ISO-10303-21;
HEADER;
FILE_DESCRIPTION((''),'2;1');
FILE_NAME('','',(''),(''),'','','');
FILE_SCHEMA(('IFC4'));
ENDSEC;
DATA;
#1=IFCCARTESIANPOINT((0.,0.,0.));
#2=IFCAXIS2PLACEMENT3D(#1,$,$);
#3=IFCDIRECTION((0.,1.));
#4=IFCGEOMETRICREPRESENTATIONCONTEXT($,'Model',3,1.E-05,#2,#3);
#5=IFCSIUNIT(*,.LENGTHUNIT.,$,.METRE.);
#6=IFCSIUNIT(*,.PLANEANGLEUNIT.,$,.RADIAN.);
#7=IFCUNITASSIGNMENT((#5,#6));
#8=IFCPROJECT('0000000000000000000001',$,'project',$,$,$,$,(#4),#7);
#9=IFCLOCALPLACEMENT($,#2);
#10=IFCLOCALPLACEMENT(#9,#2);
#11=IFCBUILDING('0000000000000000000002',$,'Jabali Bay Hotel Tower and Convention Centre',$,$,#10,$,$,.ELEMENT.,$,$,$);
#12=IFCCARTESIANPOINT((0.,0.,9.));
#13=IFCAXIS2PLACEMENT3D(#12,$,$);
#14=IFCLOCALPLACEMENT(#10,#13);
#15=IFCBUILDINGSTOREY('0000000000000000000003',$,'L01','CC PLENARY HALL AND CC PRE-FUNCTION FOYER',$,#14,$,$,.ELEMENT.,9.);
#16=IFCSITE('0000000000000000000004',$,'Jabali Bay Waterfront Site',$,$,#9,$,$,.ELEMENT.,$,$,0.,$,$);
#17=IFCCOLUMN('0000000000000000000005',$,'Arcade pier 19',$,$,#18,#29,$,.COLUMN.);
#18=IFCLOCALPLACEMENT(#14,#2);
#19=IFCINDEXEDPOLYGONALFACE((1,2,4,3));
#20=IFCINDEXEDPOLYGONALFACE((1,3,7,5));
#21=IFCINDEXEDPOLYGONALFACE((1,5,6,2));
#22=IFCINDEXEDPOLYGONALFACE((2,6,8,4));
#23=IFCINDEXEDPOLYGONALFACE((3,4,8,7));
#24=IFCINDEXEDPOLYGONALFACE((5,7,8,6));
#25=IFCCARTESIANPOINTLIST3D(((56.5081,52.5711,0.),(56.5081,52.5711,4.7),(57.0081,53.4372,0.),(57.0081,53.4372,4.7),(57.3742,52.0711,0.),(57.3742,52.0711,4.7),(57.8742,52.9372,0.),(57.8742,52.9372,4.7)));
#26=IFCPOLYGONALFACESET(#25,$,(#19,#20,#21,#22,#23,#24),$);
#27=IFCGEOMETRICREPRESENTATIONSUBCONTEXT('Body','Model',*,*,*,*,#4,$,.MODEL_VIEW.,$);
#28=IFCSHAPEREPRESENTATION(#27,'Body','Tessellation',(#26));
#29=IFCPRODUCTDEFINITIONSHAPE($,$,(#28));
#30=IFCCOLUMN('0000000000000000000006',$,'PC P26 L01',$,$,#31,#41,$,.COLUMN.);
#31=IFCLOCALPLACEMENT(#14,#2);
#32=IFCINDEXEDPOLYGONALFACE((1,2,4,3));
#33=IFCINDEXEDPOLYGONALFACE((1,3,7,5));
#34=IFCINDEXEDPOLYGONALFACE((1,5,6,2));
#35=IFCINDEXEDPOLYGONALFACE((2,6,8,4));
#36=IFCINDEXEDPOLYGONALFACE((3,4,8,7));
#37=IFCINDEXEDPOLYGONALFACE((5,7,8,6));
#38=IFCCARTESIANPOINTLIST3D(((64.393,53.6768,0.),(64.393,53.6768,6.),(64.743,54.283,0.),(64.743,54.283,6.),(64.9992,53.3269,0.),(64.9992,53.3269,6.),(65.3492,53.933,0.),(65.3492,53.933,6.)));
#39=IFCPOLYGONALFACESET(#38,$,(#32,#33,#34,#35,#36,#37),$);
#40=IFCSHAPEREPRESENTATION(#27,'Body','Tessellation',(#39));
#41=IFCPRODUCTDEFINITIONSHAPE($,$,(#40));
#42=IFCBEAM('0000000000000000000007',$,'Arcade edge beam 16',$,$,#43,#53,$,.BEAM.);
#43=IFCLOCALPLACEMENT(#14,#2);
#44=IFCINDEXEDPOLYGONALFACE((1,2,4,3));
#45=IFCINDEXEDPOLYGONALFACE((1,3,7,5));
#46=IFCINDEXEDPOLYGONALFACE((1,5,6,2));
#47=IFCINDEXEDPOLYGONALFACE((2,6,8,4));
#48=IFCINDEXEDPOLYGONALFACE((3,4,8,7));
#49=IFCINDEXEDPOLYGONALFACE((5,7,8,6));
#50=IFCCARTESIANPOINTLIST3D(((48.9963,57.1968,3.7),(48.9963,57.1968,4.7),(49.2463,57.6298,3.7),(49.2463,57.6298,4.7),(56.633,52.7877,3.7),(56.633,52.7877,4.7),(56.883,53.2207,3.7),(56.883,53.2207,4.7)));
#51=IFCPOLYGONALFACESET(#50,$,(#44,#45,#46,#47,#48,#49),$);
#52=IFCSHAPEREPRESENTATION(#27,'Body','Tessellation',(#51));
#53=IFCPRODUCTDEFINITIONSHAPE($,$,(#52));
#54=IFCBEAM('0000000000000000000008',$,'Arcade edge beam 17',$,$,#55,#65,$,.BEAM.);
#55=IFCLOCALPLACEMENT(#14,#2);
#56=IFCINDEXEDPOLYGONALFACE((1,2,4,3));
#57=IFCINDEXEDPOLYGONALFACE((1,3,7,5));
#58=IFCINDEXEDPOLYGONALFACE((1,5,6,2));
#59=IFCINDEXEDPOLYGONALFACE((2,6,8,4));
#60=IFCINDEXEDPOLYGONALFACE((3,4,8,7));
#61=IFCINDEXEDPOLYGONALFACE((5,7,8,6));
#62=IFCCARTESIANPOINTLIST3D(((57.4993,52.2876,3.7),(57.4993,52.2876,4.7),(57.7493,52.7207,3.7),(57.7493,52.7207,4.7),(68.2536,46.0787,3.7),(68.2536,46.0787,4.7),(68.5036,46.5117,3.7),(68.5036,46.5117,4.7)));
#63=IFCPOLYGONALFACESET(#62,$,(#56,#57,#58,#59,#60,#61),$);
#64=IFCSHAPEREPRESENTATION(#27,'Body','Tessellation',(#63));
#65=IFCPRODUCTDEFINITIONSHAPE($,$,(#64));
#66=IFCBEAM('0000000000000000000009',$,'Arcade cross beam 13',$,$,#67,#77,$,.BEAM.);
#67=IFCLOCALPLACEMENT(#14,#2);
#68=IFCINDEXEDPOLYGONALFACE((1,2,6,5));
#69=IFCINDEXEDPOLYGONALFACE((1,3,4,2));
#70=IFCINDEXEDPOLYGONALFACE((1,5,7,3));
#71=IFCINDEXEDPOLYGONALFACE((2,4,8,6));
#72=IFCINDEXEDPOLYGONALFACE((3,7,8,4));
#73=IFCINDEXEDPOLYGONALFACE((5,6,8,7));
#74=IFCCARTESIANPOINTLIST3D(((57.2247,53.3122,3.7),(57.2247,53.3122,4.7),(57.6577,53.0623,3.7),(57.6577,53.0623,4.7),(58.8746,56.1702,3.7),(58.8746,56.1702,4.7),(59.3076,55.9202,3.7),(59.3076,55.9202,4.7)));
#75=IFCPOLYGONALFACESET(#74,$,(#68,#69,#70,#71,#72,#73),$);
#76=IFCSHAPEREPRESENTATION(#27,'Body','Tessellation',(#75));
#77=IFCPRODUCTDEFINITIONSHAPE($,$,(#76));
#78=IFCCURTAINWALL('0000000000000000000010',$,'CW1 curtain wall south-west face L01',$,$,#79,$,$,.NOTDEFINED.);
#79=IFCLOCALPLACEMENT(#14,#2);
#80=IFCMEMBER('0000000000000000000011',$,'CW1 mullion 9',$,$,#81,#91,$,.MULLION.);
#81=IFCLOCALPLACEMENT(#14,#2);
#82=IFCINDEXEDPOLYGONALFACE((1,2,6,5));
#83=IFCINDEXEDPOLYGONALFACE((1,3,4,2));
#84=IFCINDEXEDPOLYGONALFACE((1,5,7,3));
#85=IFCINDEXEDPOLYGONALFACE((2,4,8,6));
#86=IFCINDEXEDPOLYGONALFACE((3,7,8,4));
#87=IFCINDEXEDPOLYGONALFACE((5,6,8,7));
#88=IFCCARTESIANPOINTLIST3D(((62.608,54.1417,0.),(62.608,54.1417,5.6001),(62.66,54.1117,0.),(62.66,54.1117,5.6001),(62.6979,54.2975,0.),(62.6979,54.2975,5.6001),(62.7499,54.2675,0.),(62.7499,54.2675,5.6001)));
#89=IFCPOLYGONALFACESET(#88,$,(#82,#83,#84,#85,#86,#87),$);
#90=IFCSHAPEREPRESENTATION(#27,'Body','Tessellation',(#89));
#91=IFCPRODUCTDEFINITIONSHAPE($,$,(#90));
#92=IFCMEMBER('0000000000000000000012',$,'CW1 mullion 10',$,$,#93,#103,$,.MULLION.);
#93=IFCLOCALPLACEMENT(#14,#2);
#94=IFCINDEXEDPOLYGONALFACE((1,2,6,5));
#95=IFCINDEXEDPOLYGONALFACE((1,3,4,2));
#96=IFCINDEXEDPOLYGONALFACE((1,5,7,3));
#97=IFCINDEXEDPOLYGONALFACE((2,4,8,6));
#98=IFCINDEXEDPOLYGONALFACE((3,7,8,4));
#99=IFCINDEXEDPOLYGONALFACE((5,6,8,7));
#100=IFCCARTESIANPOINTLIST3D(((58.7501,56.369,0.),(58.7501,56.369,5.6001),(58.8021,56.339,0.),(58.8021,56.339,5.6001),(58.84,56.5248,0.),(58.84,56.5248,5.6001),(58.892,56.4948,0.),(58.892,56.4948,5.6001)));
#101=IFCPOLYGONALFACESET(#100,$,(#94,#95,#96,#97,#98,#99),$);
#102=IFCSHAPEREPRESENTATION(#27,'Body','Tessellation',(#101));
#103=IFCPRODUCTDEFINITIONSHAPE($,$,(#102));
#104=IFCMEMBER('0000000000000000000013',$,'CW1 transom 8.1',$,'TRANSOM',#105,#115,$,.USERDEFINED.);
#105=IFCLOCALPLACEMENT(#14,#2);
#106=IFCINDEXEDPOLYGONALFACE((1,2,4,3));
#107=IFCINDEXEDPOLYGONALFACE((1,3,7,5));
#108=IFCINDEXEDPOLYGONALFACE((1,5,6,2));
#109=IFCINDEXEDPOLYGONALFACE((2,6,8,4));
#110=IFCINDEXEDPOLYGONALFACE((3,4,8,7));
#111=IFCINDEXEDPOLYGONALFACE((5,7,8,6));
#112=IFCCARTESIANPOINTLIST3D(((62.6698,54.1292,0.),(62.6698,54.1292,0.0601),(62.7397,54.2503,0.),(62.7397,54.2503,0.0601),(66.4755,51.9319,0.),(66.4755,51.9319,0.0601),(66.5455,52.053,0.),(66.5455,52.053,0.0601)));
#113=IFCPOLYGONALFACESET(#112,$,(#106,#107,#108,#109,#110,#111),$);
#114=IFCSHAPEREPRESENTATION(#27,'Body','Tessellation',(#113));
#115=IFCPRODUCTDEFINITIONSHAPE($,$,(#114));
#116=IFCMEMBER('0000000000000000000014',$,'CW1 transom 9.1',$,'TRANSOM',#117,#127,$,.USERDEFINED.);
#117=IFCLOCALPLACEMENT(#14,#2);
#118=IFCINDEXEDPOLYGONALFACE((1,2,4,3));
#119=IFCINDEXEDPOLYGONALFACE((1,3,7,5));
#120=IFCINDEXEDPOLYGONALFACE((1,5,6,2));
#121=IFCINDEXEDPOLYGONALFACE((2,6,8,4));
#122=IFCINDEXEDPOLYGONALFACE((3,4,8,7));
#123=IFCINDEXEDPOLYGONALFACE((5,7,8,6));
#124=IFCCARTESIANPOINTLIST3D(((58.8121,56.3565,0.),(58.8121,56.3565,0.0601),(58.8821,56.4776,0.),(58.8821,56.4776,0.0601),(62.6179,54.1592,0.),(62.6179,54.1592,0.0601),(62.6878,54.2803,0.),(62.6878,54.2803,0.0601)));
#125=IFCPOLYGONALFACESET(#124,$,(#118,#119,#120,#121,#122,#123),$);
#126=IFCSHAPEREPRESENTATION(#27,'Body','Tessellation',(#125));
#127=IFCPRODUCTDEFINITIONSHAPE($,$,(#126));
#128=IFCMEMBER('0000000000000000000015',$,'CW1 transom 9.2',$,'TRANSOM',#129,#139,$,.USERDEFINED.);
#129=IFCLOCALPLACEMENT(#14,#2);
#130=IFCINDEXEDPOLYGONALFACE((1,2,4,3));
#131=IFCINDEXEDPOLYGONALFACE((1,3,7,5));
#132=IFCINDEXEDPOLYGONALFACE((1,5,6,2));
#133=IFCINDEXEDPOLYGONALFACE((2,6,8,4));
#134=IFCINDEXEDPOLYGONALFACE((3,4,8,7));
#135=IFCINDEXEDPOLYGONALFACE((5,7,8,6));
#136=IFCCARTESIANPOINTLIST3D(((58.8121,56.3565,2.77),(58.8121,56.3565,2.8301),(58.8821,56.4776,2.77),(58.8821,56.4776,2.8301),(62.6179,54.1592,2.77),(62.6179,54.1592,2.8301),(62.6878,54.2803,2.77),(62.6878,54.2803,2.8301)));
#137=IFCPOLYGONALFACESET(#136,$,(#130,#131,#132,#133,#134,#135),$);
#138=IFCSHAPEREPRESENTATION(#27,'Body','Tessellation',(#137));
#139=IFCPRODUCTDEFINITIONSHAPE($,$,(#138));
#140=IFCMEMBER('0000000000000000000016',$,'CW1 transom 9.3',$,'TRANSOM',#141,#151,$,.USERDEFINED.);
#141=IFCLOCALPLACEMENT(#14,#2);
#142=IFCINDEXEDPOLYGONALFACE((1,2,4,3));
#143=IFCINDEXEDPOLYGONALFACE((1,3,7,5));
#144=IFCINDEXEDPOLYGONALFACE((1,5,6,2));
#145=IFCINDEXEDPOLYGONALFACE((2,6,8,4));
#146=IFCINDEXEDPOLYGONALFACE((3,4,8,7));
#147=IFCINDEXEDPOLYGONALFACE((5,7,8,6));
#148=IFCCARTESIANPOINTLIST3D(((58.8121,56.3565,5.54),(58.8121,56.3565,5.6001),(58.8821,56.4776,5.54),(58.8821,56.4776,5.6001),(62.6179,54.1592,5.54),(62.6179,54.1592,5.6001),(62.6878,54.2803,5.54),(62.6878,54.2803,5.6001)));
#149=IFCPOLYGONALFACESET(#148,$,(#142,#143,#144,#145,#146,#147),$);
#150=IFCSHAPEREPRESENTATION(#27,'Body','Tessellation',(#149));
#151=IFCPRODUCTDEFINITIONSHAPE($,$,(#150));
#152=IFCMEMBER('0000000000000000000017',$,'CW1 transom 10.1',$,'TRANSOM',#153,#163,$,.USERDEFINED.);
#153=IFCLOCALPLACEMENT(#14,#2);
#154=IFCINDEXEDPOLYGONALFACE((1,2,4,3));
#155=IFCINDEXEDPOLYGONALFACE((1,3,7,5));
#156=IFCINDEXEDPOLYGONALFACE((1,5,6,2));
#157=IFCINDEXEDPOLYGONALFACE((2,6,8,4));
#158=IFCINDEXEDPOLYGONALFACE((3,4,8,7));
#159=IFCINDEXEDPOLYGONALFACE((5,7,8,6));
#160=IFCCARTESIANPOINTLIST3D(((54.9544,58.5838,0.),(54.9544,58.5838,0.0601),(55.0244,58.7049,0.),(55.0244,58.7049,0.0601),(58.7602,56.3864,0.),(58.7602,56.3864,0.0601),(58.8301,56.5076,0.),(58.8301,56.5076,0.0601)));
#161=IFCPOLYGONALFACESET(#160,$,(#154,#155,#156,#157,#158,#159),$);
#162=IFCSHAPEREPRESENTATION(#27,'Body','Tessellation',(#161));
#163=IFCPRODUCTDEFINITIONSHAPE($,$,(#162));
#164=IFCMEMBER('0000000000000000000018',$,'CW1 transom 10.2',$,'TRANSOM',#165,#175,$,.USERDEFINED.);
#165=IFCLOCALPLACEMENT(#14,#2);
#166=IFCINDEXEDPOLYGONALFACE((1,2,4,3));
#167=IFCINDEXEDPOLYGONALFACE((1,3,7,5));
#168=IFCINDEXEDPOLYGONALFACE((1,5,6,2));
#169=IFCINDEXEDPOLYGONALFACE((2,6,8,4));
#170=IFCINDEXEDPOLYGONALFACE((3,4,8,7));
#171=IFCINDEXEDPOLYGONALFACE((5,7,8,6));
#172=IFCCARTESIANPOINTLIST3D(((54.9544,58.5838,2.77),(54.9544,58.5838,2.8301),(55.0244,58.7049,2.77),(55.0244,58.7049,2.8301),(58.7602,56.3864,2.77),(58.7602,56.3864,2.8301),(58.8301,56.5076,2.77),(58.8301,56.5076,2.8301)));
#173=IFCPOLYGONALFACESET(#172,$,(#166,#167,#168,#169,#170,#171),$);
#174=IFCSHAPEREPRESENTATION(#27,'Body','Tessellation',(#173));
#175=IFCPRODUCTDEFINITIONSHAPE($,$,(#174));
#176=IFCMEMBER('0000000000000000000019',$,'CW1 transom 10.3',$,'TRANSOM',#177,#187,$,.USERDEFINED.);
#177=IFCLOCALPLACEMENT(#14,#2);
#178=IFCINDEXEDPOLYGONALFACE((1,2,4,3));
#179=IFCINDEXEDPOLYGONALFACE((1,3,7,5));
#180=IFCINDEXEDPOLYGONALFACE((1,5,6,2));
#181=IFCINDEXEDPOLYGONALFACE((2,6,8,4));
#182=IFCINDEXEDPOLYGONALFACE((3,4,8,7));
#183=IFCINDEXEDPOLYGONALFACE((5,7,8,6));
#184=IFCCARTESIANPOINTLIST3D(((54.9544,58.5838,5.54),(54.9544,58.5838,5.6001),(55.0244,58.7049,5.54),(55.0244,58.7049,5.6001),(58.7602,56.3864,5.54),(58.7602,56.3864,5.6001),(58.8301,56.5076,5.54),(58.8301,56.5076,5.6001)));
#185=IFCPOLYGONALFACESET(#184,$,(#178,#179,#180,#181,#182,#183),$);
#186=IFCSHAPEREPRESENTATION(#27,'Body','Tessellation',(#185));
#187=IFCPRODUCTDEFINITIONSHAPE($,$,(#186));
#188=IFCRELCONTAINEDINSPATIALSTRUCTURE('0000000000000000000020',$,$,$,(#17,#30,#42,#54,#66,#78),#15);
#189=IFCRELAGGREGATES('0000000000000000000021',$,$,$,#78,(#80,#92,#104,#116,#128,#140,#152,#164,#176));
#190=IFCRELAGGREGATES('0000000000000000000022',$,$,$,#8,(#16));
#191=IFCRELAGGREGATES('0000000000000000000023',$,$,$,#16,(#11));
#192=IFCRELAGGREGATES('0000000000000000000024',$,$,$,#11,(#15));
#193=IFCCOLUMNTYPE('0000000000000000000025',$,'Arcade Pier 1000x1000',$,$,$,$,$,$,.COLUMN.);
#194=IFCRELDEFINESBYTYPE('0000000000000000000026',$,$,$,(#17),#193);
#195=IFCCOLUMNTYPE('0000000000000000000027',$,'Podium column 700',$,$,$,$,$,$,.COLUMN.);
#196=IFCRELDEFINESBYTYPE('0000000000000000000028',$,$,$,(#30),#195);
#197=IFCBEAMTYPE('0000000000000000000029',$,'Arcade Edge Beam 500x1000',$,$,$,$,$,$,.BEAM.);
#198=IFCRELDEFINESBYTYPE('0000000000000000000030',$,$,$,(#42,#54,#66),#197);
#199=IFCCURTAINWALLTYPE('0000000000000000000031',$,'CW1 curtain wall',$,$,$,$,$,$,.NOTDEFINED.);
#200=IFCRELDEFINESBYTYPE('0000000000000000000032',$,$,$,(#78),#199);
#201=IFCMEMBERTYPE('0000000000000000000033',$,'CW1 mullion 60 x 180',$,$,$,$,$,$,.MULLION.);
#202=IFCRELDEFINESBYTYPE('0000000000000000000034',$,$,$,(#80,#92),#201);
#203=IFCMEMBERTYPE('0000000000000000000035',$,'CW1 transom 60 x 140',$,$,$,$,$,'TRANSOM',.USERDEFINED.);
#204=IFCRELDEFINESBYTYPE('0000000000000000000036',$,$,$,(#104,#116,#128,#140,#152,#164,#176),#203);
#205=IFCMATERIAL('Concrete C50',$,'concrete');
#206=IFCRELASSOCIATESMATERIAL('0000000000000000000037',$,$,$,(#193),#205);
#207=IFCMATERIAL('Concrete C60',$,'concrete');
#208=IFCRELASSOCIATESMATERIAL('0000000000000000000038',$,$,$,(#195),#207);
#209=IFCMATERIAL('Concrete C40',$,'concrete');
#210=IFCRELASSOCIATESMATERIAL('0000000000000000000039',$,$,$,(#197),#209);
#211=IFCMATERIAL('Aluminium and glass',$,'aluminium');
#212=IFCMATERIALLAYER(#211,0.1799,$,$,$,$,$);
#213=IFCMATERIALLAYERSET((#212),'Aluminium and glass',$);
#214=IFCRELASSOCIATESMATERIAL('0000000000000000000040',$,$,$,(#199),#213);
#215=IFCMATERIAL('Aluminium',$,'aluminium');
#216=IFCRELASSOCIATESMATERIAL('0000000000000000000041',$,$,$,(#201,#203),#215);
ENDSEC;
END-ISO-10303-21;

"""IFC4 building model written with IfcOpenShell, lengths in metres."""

from ifc_helpers import new_model, si_unit, direction, frame, origin, origin_2d, place, context, subcontext, project, spatial, rectangle, extrude, material, layer, layer_set, material_profile, profile_set, type_object, element, aggregate, save


model = new_model("IFC4")

# Units and contexts
model_context = context("Model", 3, precision=1e-05, world=origin(), true_north=direction((0.0, 1.0)))
body_context = subcontext(model_context, "Body", "Model", "MODEL_VIEW")
ifc_project = project(units=[si_unit("LENGTHUNIT", "METRE"), si_unit("PLANEANGLEUNIT", "RADIAN")], contexts=[model_context])

# Site, building, storey
site_placement = place(None, origin())
site = spatial("IfcSite", under=ifc_project, at=site_placement, Name="Jabali Bay Waterfront Site", CompositionType="ELEMENT", RefElevation=0.0)
building_placement = place(site_placement, origin())
building = spatial("IfcBuilding", under=site, at=building_placement, Name="Jabali Bay Hotel Tower and Convention Centre", CompositionType="ELEMENT")
storey_placement = place(building_placement, frame((0.0, 0.0, 9.0)))
storey = spatial("IfcBuildingStorey", under=building, at=storey_placement, Name="L01", Description="CC PLENARY HALL AND CC PRE-FUNCTION FOYER", CompositionType="ELEMENT", Elevation=9.0)

# Columns
ifc_material_1 = material(Name="Concrete C50", Category="concrete")
ifc_material_profile_1 = material_profile(ifc_material_1, rectangle(XDim=1.0, YDim=1.0, at=origin_2d()), Name="RC 1000x1000")
ifc_profile_set_1 = profile_set([ifc_material_profile_1], Name="Concrete C50")
column_type_1 = type_object("IfcColumnType", Name="Arcade Pier 1000x1000", PredefinedType="COLUMN", material=ifc_profile_set_1)
column_1_placement = place(storey_placement, frame((57.1912, 52.7542, 0.0), z_axis=(0.0, 0.0, 1.0), x_axis=(0.866025, -0.5, 0.0)))
element("IfcColumn", 1, at=column_1_placement, inside=storey, type_object=column_type_1, Name="Arcade pier 19", PredefinedType="COLUMN", context=body_context, shape_type="SweptSolid", body=[
    extrude(rectangle(XDim=1.0, YDim=1.0, at=origin_2d()), origin(), (0.0, 0.0, 1.0), 4.7),
])
ifc_material_2 = material(Name="Concrete C60", Category="concrete")
ifc_material_profile_2 = material_profile(ifc_material_2, rectangle(XDim=0.7, YDim=0.7, at=origin_2d()), Name="Podium column 700")
ifc_profile_set_2 = profile_set([ifc_material_profile_2], Name="Concrete C60")
column_type_2 = type_object("IfcColumnType", Name="Podium column 700", PredefinedType="COLUMN", material=ifc_profile_set_2)
column_2_placement = place(storey_placement, frame((64.8711, 53.8049, 0.0), z_axis=(0.0, 0.0, 1.0), x_axis=(0.5, 0.866025, 0.0)))
element("IfcColumn", 2, at=column_2_placement, inside=storey, type_object=column_type_2, Name="PC P26 L01", PredefinedType="COLUMN", context=body_context, shape_type="SweptSolid", body=[
    extrude(rectangle(XDim=0.7, YDim=0.7, at=origin_2d()), origin(), (0.0, 0.0, 1.0), 6.0),
])

# Beams
ifc_material_3 = material(Name="Concrete C40", Category="concrete")
ifc_material_profile_3 = material_profile(ifc_material_3, rectangle(XDim=0.5, YDim=1.0, at=origin_2d()), Name="RC 500x1000")
ifc_profile_set_3 = profile_set([ifc_material_profile_3], Name="Concrete C40")
beam_type = type_object("IfcBeamType", Name="Arcade Edge Beam 500x1000", PredefinedType="BEAM", material=ifc_profile_set_3)
beam_1_placement = place(storey_placement, frame((49.1213, 57.4133, 4.2), z_axis=(0.86602, -0.50001, 0.0), x_axis=(0.50001, 0.86602, 0.0)))
element("IfcBeam", 3, at=beam_1_placement, inside=storey, type_object=beam_type, Name="Arcade edge beam 16", PredefinedType="BEAM", context=body_context, shape_type="SweptSolid", body=[
    extrude(rectangle(XDim=0.5, YDim=1.0, at=origin_2d()), origin(), (0.0, 0.0, 1.0), 8.8181),
])
beam_2_placement = place(storey_placement, frame((57.6243, 52.5042, 4.2), z_axis=(0.866028, -0.499996, 0.0), x_axis=(0.499996, 0.866028, 0.0)))
element("IfcBeam", 4, at=beam_2_placement, inside=storey, type_object=beam_type, Name="Arcade edge beam 17", PredefinedType="BEAM", context=body_context, shape_type="SweptSolid", body=[
    extrude(rectangle(XDim=0.5, YDim=1.0, at=origin_2d()), origin(), (0.0, 0.0, 1.0), 12.418),
])
beam_3_placement = place(storey_placement, frame((57.4412, 53.1873, 4.2), z_axis=(0.499974, 0.86604, 0.0), x_axis=(-0.86604, 0.499974, 0.0)))
element("IfcBeam", 5, at=beam_3_placement, inside=storey, type_object=beam_type, Name="Arcade cross beam 13", PredefinedType="BEAM", context=body_context, shape_type="SweptSolid", body=[
    extrude(rectangle(XDim=0.5, YDim=1.0, at=origin_2d()), origin(), (0.0, 0.0, 1.0), 3.3),
])

# Curtain wall, members
ifc_material_4 = material(Name="Aluminium and glass", Category="aluminium")
ifc_layer_1 = layer(ifc_material_4, 0.1799)
ifc_layer_set_1 = layer_set([ifc_layer_1], Name="Aluminium and glass")
curtain_wall_type = type_object("IfcCurtainWallType", Name="CW1 curtain wall", PredefinedType="NOTDEFINED", material=ifc_layer_set_1)
curtain_wall_placement = place(storey_placement, origin())
curtain_wall = element("IfcCurtainWall", 6, at=curtain_wall_placement, inside=storey, type_object=curtain_wall_type, Name="CW1 curtain wall south-west face L01", PredefinedType="NOTDEFINED")
ifc_material_5 = material(Name="Aluminium", Category="aluminium")
ifc_material_profile_4 = material_profile(ifc_material_5, rectangle(XDim=0.1799, YDim=0.0601, at=origin_2d()), Name="CW1 mullion 60 x 180")
ifc_profile_set_4 = profile_set([ifc_material_profile_4], Name="Aluminium")
member_type_1 = type_object("IfcMemberType", Name="CW1 mullion 60 x 180", PredefinedType="MULLION", material=ifc_profile_set_4)
member_1_placement = place(storey_placement, frame((62.679, 54.2046, 0.0), z_axis=(0.0, 0.0, 1.0), x_axis=(-0.5, -0.866025, 0.0)))
member_1 = element("IfcMember", 7, at=member_1_placement, type_object=member_type_1, Name="CW1 mullion 9", PredefinedType="MULLION", context=body_context, shape_type="SweptSolid", body=[
    extrude(rectangle(XDim=0.1799, YDim=0.0601, at=origin_2d()), origin(), (0.0, 0.0, 1.0), 5.6001),
])
member_2_placement = place(storey_placement, frame((58.821, 56.4319, 0.0), z_axis=(0.0, 0.0, 1.0), x_axis=(-0.5, -0.866025, 0.0)))
member_2 = element("IfcMember", 8, at=member_2_placement, type_object=member_type_1, Name="CW1 mullion 10", PredefinedType="MULLION", context=body_context, shape_type="SweptSolid", body=[
    extrude(rectangle(XDim=0.1799, YDim=0.0601, at=origin_2d()), origin(), (0.0, 0.0, 1.0), 5.6001),
])
ifc_material_profile_5 = material_profile(ifc_material_5, rectangle(XDim=0.1399, YDim=0.0601, at=origin_2d()), Name="CW1 transom 60 x 140")
ifc_profile_set_5 = profile_set([ifc_material_profile_5], Name="Aluminium")
member_type_2 = type_object("IfcMemberType", Name="CW1 transom 60 x 140", ElementType="TRANSOM", PredefinedType="USERDEFINED", material=ifc_profile_set_5)
member_3_placement = place(storey_placement, frame((66.5105, 51.9924, 0.03), z_axis=(-0.866019, 0.500011, 0.0), x_axis=(-0.500011, -0.866019, 0.0)))
member_3 = element("IfcMember", 9, at=member_3_placement, type_object=member_type_2, Name="CW1 transom 8.1", ObjectType="TRANSOM", PredefinedType="USERDEFINED", context=body_context, shape_type="SweptSolid", body=[
    extrude(rectangle(XDim=0.1399, YDim=0.0601, at=origin_2d()), origin(), (0.0, 0.0, 1.0), 4.3945),
])
member_4_placement = place(storey_placement, frame((62.6528, 54.2197, 0.03), z_axis=(-0.866019, 0.500011, 0.0), x_axis=(-0.500011, -0.866019, 0.0)))
member_4 = element("IfcMember", 10, at=member_4_placement, type_object=member_type_2, Name="CW1 transom 9.1", ObjectType="TRANSOM", PredefinedType="USERDEFINED", context=body_context, shape_type="SweptSolid", body=[
    extrude(rectangle(XDim=0.1399, YDim=0.0601, at=origin_2d()), origin(), (0.0, 0.0, 1.0), 4.3945),
])
member_5_placement = place(storey_placement, frame((62.6528, 54.2197, 2.8), z_axis=(-0.866019, 0.500011, 0.0), x_axis=(-0.500011, -0.866019, 0.0)))
member_5 = element("IfcMember", 11, at=member_5_placement, type_object=member_type_2, Name="CW1 transom 9.2", ObjectType="TRANSOM", PredefinedType="USERDEFINED", context=body_context, shape_type="SweptSolid", body=[
    extrude(rectangle(XDim=0.1399, YDim=0.0601, at=origin_2d()), origin(), (0.0, 0.0, 1.0), 4.3945),
])
member_6_placement = place(storey_placement, frame((62.6528, 54.2197, 5.5701), z_axis=(-0.866019, 0.500011, 0.0), x_axis=(-0.500011, -0.866019, 0.0)))
member_6 = element("IfcMember", 12, at=member_6_placement, type_object=member_type_2, Name="CW1 transom 9.3", ObjectType="TRANSOM", PredefinedType="USERDEFINED", context=body_context, shape_type="SweptSolid", body=[
    extrude(rectangle(XDim=0.1399, YDim=0.0601, at=origin_2d()), origin(), (0.0, 0.0, 1.0), 4.3945),
])
member_7_placement = place(storey_placement, frame((58.7952, 56.447, 0.03), z_axis=(-0.866019, 0.500011, 0.0), x_axis=(-0.500011, -0.866019, 0.0)))
member_7 = element("IfcMember", 13, at=member_7_placement, type_object=member_type_2, Name="CW1 transom 10.1", ObjectType="TRANSOM", PredefinedType="USERDEFINED", context=body_context, shape_type="SweptSolid", body=[
    extrude(rectangle(XDim=0.1399, YDim=0.0601, at=origin_2d()), origin(), (0.0, 0.0, 1.0), 4.3945),
])
member_8_placement = place(storey_placement, frame((58.7952, 56.447, 2.8), z_axis=(-0.866019, 0.500011, 0.0), x_axis=(-0.500011, -0.866019, 0.0)))
member_8 = element("IfcMember", 14, at=member_8_placement, type_object=member_type_2, Name="CW1 transom 10.2", ObjectType="TRANSOM", PredefinedType="USERDEFINED", context=body_context, shape_type="SweptSolid", body=[
    extrude(rectangle(XDim=0.1399, YDim=0.0601, at=origin_2d()), origin(), (0.0, 0.0, 1.0), 4.3945),
])
member_9_placement = place(storey_placement, frame((58.7952, 56.447, 5.5701), z_axis=(-0.866019, 0.500011, 0.0), x_axis=(-0.500011, -0.866019, 0.0)))
member_9 = element("IfcMember", 15, at=member_9_placement, type_object=member_type_2, Name="CW1 transom 10.3", ObjectType="TRANSOM", PredefinedType="USERDEFINED", context=body_context, shape_type="SweptSolid", body=[
    extrude(rectangle(XDim=0.1399, YDim=0.0601, at=origin_2d()), origin(), (0.0, 0.0, 1.0), 4.3945),
])

aggregate(curtain_wall, [member_1, member_2, member_3, member_4, member_5, member_6, member_7, member_8, member_9])

save(model, "model.ifc")
